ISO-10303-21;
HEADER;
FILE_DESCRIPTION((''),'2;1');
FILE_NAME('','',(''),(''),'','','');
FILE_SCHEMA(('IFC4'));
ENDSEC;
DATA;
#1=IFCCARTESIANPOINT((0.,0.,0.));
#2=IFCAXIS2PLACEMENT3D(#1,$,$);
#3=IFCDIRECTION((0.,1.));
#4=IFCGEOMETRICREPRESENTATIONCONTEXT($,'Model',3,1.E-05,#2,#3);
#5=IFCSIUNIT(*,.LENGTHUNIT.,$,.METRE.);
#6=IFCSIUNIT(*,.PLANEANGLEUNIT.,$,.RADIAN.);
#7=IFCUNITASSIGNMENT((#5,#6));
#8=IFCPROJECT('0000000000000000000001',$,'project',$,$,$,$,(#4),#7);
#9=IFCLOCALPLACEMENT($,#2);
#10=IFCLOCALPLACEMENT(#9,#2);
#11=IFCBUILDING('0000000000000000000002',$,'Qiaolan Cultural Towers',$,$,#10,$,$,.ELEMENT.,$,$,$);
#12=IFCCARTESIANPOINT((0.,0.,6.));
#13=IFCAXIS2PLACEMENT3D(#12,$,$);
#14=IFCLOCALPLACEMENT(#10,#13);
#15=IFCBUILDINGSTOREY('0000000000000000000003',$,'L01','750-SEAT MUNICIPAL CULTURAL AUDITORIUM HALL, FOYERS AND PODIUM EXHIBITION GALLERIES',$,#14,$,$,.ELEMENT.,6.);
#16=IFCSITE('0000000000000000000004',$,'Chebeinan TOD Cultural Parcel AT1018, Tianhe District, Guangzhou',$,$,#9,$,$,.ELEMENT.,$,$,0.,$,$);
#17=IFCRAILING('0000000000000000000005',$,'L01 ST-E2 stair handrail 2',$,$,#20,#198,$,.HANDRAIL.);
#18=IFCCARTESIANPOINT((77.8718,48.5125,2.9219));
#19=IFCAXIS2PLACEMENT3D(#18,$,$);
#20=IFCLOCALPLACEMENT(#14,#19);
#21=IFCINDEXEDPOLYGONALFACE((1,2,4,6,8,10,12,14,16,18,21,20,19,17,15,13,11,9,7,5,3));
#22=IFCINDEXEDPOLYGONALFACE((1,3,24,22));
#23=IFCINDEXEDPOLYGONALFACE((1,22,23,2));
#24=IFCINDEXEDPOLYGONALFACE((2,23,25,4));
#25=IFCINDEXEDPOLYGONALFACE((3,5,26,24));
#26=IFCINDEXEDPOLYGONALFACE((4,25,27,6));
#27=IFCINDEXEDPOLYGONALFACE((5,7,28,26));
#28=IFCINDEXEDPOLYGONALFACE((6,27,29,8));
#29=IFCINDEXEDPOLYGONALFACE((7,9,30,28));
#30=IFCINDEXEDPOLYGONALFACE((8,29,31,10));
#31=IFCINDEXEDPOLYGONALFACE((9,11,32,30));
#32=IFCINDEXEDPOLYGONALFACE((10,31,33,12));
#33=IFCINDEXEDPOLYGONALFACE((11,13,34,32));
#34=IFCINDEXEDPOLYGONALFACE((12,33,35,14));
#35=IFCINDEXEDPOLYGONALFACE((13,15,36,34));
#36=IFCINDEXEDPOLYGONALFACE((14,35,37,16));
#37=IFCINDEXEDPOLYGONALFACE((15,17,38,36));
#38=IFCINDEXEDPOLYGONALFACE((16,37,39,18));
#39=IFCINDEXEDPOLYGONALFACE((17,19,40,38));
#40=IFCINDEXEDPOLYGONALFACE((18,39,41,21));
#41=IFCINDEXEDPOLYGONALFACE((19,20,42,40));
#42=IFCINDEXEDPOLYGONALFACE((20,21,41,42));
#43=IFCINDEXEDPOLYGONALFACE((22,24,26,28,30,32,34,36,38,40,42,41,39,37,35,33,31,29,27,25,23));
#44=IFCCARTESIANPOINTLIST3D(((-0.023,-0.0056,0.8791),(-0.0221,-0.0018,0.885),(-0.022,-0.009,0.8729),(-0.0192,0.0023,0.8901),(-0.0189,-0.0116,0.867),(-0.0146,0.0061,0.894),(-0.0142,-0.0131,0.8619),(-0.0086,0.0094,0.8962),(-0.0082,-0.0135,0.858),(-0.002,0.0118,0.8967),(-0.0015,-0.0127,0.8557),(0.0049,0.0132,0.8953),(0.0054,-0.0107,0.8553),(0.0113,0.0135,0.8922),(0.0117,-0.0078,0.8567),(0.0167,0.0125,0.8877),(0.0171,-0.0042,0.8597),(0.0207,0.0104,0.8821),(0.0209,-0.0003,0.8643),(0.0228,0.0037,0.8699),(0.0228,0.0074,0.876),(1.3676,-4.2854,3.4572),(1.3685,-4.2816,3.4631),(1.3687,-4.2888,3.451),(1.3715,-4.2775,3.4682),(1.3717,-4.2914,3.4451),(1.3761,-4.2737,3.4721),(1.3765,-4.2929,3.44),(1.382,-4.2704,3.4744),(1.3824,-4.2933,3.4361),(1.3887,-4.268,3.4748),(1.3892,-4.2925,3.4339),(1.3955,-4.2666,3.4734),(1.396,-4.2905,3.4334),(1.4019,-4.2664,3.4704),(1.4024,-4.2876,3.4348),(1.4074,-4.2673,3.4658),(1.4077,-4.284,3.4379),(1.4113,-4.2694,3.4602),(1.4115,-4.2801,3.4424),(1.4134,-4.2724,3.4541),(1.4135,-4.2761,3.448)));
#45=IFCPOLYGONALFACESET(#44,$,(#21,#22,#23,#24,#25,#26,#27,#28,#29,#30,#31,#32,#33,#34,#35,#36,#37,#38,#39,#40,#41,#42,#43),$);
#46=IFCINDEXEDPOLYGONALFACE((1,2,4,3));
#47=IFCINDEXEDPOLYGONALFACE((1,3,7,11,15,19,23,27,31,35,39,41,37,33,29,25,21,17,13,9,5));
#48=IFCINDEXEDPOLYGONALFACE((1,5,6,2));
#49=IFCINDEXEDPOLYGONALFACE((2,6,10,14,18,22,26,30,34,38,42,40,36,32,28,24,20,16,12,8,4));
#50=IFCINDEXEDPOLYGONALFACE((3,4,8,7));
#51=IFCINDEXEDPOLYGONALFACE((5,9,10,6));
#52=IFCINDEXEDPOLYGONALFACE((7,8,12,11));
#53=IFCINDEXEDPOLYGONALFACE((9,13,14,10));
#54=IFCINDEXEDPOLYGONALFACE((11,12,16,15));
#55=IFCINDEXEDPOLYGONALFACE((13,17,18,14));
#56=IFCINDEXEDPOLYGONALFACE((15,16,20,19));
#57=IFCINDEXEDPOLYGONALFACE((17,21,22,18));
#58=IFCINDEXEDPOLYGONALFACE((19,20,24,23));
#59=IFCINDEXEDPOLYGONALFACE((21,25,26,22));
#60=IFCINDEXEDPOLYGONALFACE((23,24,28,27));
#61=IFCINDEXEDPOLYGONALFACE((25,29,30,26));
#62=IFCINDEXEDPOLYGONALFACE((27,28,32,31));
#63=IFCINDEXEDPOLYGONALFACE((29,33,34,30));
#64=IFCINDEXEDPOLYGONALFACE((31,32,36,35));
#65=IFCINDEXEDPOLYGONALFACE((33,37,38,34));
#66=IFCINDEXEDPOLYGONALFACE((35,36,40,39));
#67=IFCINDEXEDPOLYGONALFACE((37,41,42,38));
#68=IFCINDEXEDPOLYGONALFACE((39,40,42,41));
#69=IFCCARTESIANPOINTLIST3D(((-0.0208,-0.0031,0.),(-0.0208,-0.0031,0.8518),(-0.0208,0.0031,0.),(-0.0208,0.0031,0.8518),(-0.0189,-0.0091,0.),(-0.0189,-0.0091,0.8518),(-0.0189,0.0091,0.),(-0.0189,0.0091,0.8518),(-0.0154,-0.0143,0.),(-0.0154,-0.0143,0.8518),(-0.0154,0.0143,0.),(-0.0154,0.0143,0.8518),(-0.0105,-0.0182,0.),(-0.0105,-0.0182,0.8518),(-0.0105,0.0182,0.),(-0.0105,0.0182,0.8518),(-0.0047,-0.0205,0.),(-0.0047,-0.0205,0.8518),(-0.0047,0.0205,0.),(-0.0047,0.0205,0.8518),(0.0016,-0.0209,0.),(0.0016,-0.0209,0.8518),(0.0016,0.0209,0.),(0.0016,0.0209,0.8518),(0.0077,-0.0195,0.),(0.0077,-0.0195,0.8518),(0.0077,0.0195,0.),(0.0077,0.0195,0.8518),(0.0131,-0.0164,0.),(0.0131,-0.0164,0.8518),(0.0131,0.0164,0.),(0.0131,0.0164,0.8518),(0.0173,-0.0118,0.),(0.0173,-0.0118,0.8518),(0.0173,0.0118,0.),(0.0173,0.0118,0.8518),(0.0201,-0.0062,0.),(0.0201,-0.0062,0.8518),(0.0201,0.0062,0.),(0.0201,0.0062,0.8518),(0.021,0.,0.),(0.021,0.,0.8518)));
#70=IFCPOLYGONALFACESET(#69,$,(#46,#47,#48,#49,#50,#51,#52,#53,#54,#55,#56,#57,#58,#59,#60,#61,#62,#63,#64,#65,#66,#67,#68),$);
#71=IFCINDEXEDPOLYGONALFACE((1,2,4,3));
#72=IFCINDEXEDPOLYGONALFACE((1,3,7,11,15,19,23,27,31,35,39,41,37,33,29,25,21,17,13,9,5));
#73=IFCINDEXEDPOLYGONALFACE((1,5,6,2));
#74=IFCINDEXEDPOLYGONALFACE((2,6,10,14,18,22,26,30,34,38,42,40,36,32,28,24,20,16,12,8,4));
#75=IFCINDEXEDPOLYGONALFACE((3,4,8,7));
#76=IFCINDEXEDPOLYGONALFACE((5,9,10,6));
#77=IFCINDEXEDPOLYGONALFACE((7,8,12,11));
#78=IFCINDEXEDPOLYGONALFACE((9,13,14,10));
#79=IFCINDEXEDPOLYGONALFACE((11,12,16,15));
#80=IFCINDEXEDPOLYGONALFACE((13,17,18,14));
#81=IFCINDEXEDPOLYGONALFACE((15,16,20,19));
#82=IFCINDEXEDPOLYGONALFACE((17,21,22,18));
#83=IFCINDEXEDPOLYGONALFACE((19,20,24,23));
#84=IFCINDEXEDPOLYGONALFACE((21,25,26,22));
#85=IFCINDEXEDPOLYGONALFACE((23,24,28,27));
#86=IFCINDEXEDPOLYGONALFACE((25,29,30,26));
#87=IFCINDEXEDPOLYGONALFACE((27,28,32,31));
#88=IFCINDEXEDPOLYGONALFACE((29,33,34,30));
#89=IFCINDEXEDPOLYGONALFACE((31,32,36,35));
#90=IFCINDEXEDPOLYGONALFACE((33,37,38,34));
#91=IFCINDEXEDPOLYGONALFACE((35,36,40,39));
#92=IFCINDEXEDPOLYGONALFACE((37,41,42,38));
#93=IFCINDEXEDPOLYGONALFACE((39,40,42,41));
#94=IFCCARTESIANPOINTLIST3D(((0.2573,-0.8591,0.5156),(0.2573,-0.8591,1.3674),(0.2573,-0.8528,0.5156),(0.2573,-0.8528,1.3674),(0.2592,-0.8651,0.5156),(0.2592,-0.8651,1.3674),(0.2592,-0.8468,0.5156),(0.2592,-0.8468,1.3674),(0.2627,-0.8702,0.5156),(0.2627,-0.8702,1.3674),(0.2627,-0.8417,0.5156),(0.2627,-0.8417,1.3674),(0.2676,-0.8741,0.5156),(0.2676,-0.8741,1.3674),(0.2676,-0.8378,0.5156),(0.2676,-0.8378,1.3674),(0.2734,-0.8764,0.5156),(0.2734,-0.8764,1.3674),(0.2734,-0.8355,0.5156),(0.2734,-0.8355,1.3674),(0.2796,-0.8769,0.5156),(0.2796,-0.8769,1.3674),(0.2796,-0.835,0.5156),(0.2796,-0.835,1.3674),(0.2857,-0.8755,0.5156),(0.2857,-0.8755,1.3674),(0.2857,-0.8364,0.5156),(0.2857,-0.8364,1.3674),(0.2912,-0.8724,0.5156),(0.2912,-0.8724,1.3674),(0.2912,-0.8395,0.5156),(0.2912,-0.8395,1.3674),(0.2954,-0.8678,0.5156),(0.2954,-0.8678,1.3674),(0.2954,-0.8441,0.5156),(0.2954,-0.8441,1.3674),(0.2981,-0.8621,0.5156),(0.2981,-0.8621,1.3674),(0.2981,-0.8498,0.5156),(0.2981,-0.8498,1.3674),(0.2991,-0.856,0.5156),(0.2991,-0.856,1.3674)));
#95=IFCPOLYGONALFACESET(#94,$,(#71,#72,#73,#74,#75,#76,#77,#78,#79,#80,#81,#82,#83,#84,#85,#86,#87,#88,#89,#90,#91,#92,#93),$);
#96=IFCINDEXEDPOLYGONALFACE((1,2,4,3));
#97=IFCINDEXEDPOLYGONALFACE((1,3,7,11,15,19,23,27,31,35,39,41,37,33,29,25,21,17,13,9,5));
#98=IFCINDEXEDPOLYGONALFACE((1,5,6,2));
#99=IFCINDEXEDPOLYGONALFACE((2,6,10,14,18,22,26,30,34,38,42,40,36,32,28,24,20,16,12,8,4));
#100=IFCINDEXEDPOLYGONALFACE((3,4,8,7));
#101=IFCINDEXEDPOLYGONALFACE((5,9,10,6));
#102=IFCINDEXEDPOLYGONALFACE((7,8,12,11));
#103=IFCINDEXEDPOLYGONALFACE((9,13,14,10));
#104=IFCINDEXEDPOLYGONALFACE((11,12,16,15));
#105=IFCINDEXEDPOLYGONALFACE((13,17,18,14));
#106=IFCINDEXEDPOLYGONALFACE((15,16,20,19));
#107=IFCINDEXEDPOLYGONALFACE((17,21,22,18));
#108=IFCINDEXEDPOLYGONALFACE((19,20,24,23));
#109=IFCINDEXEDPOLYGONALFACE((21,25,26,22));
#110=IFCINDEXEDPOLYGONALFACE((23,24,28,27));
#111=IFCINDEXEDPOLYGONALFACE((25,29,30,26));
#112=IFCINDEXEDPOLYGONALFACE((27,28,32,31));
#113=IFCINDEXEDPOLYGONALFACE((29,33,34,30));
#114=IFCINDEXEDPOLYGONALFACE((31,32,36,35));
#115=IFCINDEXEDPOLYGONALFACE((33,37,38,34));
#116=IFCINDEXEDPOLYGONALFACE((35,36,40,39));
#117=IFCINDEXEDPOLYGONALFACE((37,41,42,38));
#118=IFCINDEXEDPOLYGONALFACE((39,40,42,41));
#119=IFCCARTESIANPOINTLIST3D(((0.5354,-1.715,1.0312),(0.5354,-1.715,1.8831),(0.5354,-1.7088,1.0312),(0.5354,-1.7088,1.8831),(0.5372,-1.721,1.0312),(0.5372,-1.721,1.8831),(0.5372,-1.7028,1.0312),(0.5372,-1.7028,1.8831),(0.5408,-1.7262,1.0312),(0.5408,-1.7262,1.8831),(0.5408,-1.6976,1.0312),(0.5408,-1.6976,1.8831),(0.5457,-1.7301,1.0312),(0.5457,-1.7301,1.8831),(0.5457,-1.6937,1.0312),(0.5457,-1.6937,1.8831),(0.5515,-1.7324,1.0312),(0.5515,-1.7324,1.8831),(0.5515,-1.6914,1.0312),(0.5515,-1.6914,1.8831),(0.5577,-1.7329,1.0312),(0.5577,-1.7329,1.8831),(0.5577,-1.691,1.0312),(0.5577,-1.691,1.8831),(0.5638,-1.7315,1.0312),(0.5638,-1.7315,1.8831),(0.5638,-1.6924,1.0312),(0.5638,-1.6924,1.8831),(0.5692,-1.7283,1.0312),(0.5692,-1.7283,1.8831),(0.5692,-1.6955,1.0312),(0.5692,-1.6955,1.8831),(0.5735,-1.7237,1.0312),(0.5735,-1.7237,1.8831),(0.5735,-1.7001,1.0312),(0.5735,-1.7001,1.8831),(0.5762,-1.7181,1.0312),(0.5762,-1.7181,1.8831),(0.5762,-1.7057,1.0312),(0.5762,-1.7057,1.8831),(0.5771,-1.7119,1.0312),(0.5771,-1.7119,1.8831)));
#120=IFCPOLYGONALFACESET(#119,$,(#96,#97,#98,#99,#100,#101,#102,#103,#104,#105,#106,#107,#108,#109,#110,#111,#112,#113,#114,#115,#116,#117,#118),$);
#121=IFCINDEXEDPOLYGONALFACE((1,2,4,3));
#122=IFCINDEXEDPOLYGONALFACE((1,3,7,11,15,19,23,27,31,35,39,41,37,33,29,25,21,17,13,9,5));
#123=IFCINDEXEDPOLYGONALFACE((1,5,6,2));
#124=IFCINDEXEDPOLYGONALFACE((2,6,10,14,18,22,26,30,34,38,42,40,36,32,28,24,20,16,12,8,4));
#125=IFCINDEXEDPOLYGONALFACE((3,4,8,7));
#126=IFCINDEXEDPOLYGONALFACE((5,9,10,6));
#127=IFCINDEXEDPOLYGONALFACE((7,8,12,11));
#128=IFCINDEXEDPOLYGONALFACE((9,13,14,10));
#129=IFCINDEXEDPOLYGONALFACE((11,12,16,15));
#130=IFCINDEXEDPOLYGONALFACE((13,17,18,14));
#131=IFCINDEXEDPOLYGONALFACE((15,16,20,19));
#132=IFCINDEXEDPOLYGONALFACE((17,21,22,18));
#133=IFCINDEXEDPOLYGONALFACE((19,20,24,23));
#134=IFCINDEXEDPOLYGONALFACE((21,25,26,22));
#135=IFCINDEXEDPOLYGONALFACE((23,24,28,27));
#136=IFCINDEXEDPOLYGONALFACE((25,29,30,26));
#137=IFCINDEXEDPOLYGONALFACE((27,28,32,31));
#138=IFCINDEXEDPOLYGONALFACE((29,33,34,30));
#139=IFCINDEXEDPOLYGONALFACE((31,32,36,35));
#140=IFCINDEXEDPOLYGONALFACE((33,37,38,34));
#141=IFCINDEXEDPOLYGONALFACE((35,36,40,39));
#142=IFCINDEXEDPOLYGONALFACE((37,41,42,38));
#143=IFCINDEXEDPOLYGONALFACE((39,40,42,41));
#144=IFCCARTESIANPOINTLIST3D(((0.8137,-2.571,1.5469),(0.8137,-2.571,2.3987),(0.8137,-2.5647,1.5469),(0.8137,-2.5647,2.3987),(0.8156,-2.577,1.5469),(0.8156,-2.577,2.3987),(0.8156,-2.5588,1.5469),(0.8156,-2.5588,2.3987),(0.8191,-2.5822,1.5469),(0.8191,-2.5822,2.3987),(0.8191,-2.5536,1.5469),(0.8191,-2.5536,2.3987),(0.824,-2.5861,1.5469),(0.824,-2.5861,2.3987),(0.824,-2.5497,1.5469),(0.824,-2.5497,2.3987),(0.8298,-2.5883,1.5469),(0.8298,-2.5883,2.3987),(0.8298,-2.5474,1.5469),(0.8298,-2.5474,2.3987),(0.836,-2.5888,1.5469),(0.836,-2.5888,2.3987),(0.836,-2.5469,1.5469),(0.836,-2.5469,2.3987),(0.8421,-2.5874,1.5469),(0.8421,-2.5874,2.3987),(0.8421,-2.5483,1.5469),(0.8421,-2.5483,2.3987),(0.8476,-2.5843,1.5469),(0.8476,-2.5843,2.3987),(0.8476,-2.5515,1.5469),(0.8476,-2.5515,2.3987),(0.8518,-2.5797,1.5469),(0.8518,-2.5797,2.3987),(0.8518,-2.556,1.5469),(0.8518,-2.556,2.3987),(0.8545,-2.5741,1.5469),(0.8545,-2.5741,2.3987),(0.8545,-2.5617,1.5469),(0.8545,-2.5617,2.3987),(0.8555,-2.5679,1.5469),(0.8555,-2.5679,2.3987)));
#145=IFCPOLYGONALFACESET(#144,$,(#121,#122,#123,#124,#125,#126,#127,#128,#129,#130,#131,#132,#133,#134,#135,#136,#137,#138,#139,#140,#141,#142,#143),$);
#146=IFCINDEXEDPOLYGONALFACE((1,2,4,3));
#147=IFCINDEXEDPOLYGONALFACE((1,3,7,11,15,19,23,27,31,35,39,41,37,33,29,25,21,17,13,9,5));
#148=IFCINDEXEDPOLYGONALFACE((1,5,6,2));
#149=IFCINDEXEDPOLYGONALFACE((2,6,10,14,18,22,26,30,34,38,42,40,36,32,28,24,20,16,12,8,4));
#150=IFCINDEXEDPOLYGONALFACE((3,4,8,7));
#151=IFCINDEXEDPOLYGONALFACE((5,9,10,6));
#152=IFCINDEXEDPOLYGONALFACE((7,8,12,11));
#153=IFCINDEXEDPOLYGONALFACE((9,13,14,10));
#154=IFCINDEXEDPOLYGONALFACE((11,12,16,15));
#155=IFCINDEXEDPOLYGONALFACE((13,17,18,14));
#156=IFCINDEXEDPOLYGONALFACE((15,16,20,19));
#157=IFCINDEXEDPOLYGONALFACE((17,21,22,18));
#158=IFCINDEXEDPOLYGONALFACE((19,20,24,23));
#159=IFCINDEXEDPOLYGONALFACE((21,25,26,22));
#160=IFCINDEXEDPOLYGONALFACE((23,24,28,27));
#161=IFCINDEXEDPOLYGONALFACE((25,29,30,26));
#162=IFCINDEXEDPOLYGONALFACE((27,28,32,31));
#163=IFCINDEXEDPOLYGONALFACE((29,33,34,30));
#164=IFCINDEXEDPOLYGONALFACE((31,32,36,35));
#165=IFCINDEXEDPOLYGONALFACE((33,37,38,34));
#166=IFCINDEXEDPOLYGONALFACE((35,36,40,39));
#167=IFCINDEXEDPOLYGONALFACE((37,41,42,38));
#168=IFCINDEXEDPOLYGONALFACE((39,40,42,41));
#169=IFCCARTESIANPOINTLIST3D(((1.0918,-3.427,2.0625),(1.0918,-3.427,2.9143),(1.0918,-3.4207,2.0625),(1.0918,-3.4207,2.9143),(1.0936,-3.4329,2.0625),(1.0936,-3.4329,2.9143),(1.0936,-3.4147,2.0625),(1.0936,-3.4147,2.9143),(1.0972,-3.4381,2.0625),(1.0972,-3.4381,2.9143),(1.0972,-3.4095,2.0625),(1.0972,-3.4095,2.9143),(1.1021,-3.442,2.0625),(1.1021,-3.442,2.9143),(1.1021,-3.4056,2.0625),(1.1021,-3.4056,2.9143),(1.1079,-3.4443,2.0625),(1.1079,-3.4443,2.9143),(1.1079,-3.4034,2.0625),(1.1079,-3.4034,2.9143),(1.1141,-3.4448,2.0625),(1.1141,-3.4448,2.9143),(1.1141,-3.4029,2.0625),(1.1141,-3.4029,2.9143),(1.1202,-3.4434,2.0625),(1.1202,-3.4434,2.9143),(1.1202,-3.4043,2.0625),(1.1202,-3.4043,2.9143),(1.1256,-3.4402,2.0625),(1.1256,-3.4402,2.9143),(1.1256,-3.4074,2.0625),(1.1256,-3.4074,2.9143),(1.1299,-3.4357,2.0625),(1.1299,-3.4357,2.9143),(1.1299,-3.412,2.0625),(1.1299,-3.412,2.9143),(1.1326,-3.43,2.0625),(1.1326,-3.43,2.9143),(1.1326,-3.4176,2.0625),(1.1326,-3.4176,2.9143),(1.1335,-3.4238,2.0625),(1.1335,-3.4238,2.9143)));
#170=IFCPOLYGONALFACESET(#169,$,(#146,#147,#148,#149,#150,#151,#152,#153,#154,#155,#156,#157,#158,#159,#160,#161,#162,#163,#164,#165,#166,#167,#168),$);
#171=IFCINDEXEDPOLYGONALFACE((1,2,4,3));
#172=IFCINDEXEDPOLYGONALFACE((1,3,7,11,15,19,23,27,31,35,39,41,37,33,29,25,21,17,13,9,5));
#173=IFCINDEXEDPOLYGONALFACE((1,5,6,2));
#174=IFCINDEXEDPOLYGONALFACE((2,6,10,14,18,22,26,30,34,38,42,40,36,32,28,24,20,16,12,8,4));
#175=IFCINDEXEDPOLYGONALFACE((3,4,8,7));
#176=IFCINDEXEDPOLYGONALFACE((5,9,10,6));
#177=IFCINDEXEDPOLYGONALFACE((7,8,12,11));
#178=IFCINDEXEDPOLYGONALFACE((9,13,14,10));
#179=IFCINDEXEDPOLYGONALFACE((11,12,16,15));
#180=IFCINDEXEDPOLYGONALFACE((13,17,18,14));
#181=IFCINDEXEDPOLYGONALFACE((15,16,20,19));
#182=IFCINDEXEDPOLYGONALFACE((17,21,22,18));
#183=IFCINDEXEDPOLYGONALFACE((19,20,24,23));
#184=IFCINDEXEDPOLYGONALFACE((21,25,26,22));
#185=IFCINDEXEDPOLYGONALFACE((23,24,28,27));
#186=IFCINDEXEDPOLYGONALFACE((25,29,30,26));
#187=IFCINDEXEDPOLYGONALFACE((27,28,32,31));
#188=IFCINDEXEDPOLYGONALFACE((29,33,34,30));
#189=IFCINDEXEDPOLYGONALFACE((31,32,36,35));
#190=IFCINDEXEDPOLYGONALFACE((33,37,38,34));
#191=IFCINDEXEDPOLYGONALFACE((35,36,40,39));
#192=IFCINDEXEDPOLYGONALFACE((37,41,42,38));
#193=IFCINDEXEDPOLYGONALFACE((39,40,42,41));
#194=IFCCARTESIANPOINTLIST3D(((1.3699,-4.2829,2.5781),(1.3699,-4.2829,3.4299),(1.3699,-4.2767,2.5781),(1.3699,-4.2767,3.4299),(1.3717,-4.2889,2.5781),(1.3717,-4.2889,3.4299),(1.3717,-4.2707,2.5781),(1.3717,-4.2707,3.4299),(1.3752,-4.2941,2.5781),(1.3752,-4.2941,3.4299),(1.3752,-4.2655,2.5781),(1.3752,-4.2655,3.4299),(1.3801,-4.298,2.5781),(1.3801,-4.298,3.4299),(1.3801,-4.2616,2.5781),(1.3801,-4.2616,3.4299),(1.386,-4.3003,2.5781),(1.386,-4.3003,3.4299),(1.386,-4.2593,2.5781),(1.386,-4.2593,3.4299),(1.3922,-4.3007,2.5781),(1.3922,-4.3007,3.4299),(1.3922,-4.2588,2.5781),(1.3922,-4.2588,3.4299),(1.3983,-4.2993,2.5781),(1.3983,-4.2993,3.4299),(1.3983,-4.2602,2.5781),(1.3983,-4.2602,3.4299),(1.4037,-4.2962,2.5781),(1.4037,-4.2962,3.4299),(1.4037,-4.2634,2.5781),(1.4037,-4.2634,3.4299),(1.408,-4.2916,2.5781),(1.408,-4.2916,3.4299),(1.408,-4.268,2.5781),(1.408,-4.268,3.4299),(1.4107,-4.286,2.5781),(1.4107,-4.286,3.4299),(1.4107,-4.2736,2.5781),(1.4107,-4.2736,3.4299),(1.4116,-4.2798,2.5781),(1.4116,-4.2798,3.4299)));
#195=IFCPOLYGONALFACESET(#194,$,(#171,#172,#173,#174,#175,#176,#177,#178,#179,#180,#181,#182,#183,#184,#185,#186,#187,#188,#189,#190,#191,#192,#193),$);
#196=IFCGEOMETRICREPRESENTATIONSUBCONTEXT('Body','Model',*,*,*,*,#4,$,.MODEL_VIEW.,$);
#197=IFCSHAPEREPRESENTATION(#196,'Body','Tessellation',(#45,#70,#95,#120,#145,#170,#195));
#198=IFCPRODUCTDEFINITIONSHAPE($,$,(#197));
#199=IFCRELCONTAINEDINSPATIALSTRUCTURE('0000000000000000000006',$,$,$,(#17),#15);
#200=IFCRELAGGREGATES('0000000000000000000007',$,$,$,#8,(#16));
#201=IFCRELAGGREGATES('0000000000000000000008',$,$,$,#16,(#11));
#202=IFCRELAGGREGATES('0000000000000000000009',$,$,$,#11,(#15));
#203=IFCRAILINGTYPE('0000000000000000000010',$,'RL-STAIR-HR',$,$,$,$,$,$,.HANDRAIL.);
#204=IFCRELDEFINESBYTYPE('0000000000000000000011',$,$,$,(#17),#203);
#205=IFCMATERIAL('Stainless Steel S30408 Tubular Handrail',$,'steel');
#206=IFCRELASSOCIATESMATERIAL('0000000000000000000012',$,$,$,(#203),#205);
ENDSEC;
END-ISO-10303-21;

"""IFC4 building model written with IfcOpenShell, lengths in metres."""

from ifc_helpers import new_model, si_unit, direction, frame, origin, origin_2d, place, context, subcontext, project, spatial, circle, extrude, material, type_object, element, save


model = new_model("IFC4")

# Units and contexts
model_context = context("Model", 3, precision=1e-05, world=origin(), true_north=direction((0.0, 1.0)))
body_context = subcontext(model_context, "Body", "Model", "MODEL_VIEW")
ifc_project = project(units=[si_unit("LENGTHUNIT", "METRE"), si_unit("PLANEANGLEUNIT", "RADIAN")], contexts=[model_context])

# Site, building, storey
site_placement = place(None, origin())
site = spatial("IfcSite", under=ifc_project, at=site_placement, Name="Chebeinan TOD Cultural Parcel AT1018, Tianhe District, Guangzhou", CompositionType="ELEMENT", RefElevation=0.0)
building_placement = place(site_placement, origin())
building = spatial("IfcBuilding", under=site, at=building_placement, Name="Qiaolan Cultural Towers", CompositionType="ELEMENT")
storey_placement = place(building_placement, frame((0.0, 0.0, 6.0)))
storey = spatial("IfcBuildingStorey", under=building, at=storey_placement, Name="L01", Description="750-SEAT MUNICIPAL CULTURAL AUDITORIUM HALL, FOYERS AND PODIUM EXHIBITION GALLERIES", CompositionType="ELEMENT", Elevation=6.0)

# Railing
ifc_material_1 = material(Name="Stainless Steel S30408 Tubular Handrail", Category="steel")
railing_type_1 = type_object("IfcRailingType", Name="RL-STAIR-HR", PredefinedType="HANDRAIL", material=ifc_material_1)
railing_1_placement = place(storey_placement, frame((77.8718, 48.5125, 2.9219)))
element("IfcRailing", 1, at=railing_1_placement, inside=storey, type_object=railing_type_1, Name="L01 ST-E2 stair handrail 2", PredefinedType="HANDRAIL", context=body_context, shape_type="SweptSolid", body=[
    extrude(circle(Radius=0.0239, at=origin_2d()), frame((0.0, 0.0, 0.876), z_axis=(0.268137, -0.825219, 0.497108), x_axis=(0.951054, 0.309025, 0.0)), (0.0, 0.0, 1.0), 5.1863),
    extrude(circle(Radius=0.021, at=origin_2d()), origin(), (0.0, 0.0, 1.0), 0.8518),
    extrude(circle(Radius=0.021, at=origin_2d()), frame((0.2781, -0.856, 0.5156)), (0.0, 0.0, 1.0), 0.8518),
    extrude(circle(Radius=0.021, at=origin_2d()), frame((0.5562, -1.7119, 1.0312)), (0.0, 0.0, 1.0), 0.8518),
    extrude(circle(Radius=0.021, at=origin_2d()), frame((0.8345, -2.5679, 1.5469)), (0.0, 0.0, 1.0), 0.8518),
    extrude(circle(Radius=0.021, at=origin_2d()), frame((1.1125, -3.4238, 2.0625)), (0.0, 0.0, 1.0), 0.8518),
    extrude(circle(Radius=0.021, at=origin_2d()), frame((1.3906, -4.2798, 2.5781)), (0.0, 0.0, 1.0), 0.8518),
])

save(model, "model.ifc")
